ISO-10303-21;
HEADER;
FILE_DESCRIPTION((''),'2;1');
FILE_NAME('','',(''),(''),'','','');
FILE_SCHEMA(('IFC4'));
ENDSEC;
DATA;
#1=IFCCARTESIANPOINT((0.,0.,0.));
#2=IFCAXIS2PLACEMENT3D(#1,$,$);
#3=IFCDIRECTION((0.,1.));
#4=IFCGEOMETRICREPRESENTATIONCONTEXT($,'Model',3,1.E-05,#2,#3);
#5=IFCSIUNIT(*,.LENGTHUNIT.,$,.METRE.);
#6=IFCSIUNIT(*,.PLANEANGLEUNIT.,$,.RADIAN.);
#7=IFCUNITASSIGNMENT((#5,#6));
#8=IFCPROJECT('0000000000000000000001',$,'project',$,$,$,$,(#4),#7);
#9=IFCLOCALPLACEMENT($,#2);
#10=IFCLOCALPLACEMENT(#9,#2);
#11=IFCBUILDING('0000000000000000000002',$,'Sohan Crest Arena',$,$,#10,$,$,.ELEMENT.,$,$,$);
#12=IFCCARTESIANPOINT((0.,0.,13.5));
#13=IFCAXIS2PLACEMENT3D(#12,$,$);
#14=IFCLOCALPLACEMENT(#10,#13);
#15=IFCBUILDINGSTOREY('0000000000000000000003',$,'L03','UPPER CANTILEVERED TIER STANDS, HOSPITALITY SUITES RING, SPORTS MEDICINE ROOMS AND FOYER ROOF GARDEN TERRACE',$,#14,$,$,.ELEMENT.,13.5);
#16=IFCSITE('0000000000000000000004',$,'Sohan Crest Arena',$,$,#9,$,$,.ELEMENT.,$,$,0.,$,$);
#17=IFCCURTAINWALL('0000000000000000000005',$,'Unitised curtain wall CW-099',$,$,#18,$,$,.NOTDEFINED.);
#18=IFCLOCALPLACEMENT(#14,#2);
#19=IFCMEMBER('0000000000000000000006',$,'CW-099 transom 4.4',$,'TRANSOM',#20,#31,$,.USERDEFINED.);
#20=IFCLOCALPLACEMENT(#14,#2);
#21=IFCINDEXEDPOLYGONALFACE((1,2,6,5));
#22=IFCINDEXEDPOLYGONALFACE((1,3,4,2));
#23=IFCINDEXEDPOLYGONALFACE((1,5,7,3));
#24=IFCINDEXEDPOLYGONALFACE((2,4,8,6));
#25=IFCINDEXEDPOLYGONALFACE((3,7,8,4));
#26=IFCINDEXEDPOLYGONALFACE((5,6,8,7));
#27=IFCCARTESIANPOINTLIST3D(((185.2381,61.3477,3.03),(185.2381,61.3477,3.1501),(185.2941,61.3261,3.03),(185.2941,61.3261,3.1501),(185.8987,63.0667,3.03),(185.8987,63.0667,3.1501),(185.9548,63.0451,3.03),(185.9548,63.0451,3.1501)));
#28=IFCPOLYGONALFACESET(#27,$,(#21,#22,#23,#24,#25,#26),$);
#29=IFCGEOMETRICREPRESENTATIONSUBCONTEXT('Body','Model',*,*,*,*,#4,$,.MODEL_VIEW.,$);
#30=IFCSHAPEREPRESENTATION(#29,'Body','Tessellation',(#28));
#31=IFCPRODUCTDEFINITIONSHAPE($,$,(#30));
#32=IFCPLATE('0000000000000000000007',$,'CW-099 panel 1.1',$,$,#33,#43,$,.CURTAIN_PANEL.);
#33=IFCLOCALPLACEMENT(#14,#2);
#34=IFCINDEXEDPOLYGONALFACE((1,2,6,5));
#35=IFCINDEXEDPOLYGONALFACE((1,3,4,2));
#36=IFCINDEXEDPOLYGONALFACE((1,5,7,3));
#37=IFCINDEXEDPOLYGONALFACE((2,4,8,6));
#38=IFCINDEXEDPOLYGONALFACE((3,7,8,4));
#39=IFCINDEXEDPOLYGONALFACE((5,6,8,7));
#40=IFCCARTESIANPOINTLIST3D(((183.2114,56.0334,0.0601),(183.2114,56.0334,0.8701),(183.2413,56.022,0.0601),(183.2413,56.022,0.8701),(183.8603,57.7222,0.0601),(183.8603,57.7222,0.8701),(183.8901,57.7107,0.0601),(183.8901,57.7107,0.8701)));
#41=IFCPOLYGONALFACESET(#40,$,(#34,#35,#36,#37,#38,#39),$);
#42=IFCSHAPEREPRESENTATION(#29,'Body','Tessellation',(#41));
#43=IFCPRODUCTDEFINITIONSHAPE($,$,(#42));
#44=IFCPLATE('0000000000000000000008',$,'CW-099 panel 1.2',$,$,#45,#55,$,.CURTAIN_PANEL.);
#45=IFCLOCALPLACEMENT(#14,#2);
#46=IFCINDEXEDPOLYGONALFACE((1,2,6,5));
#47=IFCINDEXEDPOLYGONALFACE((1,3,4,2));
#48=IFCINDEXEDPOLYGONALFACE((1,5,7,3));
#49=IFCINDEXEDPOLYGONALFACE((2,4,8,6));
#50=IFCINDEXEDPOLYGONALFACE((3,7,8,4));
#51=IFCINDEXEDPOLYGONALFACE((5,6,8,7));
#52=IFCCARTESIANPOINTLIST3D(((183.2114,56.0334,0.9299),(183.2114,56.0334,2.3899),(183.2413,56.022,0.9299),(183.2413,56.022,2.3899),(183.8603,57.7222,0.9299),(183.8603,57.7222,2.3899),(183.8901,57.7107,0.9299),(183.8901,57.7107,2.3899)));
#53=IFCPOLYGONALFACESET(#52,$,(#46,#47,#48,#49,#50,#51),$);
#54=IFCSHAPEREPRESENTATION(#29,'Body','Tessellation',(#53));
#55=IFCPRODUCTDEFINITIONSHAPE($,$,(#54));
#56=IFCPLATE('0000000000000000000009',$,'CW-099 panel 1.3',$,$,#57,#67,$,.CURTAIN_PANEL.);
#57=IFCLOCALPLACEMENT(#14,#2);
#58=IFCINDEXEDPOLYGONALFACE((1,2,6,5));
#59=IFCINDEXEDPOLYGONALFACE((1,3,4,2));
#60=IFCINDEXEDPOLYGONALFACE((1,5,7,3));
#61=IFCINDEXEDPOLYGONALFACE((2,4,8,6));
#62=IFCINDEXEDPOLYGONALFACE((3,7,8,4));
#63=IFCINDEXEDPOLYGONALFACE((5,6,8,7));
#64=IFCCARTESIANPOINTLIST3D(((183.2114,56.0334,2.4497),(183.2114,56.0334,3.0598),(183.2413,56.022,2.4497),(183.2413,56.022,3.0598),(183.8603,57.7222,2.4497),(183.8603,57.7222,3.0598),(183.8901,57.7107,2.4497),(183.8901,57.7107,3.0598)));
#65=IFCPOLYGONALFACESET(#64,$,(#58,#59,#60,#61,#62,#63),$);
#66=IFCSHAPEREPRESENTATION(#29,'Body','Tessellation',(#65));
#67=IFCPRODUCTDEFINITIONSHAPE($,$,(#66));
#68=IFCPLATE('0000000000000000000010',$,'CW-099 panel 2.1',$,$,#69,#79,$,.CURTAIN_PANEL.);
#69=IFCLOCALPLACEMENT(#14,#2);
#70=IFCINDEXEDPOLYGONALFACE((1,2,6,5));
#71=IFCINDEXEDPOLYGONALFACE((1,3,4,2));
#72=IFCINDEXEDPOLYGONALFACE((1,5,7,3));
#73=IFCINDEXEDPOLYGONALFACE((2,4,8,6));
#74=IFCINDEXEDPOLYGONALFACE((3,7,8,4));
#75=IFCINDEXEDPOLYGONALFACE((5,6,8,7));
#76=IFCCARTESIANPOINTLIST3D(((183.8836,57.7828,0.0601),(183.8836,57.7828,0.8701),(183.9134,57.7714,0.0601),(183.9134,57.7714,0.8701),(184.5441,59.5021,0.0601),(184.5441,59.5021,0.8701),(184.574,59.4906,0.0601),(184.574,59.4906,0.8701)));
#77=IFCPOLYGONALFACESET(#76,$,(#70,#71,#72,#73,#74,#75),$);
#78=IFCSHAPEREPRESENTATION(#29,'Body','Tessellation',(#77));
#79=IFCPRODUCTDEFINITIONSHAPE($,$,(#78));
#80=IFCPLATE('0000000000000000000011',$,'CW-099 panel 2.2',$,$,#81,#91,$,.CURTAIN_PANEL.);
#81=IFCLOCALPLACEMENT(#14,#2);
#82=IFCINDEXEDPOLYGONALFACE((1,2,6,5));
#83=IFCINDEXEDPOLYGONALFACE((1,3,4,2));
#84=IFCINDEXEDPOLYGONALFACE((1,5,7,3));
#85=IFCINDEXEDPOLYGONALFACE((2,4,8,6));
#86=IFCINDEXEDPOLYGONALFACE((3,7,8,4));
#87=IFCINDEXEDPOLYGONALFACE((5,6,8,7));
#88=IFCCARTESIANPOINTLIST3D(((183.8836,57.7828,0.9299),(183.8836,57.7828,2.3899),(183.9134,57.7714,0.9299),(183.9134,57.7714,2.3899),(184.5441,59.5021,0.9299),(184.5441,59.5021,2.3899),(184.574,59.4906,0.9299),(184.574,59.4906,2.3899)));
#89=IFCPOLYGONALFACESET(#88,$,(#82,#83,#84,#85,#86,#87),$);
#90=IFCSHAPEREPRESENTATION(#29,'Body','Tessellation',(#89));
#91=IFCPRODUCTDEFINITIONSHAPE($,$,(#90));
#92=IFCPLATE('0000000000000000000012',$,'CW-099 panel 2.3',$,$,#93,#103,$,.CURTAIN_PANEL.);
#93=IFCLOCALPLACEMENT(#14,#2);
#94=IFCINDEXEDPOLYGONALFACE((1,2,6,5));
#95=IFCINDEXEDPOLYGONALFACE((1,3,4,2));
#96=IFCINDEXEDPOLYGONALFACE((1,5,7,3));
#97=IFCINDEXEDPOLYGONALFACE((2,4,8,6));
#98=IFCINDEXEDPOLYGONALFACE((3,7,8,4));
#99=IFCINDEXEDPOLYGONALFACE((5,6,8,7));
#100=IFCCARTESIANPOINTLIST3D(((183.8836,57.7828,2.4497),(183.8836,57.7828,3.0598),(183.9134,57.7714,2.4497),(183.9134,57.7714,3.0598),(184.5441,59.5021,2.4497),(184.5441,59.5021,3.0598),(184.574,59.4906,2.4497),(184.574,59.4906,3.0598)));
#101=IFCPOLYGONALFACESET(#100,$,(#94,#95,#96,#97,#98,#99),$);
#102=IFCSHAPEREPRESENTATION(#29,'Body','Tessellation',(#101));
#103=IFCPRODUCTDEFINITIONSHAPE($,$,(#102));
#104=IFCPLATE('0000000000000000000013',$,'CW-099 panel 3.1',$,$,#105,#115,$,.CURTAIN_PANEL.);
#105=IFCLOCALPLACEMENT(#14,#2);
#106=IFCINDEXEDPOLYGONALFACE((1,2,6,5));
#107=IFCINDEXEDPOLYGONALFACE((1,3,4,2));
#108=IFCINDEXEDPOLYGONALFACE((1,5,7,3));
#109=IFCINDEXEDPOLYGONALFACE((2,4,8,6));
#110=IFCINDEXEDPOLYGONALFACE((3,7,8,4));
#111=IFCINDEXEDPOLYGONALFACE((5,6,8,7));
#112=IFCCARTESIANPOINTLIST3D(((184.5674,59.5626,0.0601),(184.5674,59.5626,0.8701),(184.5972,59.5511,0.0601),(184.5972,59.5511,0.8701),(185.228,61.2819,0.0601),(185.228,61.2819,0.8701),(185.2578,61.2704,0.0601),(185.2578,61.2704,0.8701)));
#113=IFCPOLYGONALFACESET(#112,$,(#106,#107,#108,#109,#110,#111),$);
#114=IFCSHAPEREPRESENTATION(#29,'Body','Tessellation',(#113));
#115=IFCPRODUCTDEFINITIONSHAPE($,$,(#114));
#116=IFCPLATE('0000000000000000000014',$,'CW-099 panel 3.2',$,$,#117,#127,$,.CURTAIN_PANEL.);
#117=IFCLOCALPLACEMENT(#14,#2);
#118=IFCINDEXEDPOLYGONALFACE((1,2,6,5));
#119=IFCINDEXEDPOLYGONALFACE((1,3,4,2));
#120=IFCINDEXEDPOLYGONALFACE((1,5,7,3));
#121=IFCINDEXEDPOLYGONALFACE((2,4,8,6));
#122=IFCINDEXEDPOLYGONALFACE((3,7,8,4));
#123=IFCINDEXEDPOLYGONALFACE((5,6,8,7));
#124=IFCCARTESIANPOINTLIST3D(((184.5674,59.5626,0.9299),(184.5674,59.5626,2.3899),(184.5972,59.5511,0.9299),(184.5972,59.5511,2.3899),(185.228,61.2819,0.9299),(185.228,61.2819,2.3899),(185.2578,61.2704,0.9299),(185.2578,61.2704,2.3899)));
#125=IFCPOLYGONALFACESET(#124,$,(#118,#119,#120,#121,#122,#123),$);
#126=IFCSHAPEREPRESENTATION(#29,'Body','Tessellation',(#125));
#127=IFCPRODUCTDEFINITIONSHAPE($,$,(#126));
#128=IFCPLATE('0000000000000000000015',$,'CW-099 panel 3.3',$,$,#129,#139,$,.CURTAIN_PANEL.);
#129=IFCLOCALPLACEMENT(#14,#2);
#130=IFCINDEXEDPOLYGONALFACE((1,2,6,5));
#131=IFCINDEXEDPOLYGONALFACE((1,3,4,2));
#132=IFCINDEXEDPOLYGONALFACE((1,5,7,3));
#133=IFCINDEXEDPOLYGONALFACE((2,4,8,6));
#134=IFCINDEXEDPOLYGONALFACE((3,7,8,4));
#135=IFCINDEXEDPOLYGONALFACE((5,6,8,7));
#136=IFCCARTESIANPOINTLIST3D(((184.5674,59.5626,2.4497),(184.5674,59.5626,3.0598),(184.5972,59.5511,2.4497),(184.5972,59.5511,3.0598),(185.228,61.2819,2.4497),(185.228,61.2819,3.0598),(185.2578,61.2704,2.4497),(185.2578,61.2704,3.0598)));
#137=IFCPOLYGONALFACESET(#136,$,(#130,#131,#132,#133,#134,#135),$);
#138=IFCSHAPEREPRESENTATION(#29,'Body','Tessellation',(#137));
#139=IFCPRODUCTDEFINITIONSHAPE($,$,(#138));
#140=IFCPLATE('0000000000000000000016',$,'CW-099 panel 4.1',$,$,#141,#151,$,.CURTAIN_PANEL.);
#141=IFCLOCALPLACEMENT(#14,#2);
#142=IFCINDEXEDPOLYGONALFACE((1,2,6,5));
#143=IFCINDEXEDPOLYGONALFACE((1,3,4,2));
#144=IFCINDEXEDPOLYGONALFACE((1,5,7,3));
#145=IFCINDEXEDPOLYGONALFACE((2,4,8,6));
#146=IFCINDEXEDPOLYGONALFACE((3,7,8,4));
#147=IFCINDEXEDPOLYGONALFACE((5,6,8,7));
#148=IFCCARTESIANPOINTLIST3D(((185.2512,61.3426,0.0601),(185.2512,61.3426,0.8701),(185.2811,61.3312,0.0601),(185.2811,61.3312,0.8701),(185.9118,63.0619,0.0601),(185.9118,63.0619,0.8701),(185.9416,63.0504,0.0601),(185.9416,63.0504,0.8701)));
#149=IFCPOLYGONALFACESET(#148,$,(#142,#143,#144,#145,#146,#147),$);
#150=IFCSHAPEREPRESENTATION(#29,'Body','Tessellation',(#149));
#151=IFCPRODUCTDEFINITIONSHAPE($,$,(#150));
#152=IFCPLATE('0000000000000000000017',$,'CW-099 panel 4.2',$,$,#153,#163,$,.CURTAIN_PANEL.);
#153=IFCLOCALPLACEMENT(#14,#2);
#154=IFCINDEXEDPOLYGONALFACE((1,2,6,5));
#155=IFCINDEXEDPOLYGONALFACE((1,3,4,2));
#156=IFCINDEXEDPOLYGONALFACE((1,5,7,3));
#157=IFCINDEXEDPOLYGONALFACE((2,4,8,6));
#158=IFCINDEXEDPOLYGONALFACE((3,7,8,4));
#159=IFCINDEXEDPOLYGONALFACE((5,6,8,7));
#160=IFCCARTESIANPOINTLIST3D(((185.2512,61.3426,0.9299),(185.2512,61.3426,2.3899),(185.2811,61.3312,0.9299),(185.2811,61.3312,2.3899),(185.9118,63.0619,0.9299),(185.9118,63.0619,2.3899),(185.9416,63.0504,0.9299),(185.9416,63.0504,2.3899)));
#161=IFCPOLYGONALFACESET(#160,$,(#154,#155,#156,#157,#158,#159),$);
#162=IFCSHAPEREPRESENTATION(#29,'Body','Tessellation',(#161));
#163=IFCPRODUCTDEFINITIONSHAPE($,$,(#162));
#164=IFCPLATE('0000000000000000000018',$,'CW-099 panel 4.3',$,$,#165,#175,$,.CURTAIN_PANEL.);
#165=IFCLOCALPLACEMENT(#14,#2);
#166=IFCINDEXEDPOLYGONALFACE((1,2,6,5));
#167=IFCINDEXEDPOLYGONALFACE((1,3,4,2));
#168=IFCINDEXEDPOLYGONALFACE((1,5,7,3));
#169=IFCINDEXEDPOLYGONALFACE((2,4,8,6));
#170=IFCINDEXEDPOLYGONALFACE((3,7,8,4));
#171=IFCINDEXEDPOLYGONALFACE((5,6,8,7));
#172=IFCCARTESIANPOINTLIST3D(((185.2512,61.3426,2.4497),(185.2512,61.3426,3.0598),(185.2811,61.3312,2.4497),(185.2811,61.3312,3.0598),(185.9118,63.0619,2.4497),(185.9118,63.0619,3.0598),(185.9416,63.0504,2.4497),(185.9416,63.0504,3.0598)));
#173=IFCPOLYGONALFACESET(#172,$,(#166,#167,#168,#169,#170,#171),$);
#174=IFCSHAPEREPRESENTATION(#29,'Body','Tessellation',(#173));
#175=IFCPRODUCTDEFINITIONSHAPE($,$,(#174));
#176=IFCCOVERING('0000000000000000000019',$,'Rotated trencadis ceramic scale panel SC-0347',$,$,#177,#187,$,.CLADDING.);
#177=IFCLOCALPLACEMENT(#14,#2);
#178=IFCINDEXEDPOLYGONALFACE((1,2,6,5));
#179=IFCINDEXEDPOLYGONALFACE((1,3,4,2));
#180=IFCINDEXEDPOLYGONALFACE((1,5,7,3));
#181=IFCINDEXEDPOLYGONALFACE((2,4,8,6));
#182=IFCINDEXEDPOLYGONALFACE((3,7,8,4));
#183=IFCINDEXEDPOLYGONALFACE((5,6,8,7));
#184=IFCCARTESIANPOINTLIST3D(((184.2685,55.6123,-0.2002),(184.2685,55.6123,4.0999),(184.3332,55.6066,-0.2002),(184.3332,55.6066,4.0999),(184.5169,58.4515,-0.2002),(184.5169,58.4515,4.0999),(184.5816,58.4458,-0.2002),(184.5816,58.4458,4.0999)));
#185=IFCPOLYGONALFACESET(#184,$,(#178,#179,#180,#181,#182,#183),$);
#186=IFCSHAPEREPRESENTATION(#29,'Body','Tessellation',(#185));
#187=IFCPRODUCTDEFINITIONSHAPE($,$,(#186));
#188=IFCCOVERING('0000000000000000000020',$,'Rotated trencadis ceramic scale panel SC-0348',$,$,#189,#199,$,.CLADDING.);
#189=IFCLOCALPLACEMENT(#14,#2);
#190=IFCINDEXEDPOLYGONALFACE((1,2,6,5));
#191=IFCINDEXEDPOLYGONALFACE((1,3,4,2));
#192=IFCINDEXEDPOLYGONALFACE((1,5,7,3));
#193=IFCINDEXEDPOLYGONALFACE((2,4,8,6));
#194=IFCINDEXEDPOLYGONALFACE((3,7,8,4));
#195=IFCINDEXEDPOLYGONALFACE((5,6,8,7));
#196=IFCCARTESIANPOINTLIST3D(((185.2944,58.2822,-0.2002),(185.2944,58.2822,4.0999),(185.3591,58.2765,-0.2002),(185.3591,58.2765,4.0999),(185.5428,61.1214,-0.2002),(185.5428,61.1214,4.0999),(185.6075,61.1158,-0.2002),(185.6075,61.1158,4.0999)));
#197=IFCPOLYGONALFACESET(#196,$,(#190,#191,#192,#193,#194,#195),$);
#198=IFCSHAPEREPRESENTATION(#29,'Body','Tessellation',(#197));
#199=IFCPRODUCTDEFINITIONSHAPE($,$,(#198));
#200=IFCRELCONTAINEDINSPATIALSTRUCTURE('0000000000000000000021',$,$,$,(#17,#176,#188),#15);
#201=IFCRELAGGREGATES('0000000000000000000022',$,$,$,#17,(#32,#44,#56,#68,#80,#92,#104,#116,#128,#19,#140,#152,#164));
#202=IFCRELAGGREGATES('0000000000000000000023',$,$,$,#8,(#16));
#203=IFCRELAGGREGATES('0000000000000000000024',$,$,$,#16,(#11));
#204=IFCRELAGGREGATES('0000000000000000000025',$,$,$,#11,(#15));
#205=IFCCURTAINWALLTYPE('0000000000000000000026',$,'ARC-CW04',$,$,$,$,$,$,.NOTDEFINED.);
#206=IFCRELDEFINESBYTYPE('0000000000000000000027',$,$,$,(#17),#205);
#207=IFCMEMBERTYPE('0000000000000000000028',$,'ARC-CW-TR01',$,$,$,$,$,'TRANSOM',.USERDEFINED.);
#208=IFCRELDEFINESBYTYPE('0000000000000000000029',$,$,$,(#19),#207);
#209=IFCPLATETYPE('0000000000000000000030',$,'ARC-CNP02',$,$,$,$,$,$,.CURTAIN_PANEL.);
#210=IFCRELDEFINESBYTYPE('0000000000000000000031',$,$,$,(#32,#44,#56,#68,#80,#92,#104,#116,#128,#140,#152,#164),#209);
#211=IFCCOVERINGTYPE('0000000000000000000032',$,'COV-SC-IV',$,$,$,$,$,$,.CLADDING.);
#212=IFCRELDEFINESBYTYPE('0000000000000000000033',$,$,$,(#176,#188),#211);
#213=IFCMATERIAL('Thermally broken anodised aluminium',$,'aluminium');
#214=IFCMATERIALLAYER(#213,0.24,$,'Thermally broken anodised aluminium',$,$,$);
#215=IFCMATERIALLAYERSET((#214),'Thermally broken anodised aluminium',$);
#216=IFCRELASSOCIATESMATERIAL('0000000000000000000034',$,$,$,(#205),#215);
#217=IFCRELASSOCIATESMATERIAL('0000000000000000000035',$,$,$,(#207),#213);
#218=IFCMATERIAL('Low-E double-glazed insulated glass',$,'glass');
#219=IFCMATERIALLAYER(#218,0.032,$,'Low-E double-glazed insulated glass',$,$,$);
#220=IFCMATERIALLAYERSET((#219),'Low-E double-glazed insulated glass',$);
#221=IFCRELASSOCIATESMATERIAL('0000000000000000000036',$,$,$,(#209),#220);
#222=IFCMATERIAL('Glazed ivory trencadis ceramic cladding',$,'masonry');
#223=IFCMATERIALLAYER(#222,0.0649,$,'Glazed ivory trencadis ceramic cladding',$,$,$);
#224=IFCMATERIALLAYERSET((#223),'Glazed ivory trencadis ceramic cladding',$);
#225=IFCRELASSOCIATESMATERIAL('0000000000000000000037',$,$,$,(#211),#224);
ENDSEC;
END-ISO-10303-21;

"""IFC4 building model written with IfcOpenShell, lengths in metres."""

from ifc_helpers import new_model, si_unit, direction, frame, origin, origin_2d, place, context, subcontext, project, spatial, rectangle, extrude, material, layer, layer_set, material_profile, profile_set, type_object, element, aggregate, save


model = new_model("IFC4")

# Units and contexts
model_context = context("Model", 3, precision=1e-05, world=origin(), true_north=direction((0.0, 1.0)))
body_context = subcontext(model_context, "Body", "Model", "MODEL_VIEW")
ifc_project = project(units=[si_unit("LENGTHUNIT", "METRE"), si_unit("PLANEANGLEUNIT", "RADIAN")], contexts=[model_context])

# Site, building, storey
site_placement = place(None, origin())
site = spatial("IfcSite", under=ifc_project, at=site_placement, Name="Sohan Crest Arena", CompositionType="ELEMENT", RefElevation=0.0)
building_placement = place(site_placement, origin())
building = spatial("IfcBuilding", under=site, at=building_placement, Name="Sohan Crest Arena", CompositionType="ELEMENT")
storey_placement = place(building_placement, frame((0.0, 0.0, 13.5)))
storey = spatial("IfcBuildingStorey", under=building, at=storey_placement, Name="L03", Description="UPPER CANTILEVERED TIER STANDS, HOSPITALITY SUITES RING, SPORTS MEDICINE ROOMS AND FOYER ROOF GARDEN TERRACE", CompositionType="ELEMENT", Elevation=13.5)

# Curtain wall, member, plates
ifc_material_1 = material(Name="Thermally broken anodised aluminium", Category="aluminium")
ifc_layer_1 = layer(ifc_material_1, 0.24, Name="Thermally broken anodised aluminium")
ifc_layer_set_1 = layer_set([ifc_layer_1], Name="Thermally broken anodised aluminium")
curtain_wall_type = type_object("IfcCurtainWallType", Name="ARC-CW04", PredefinedType="NOTDEFINED", material=ifc_layer_set_1)
curtain_wall_placement = place(storey_placement, origin())
curtain_wall = element("IfcCurtainWall", 1, at=curtain_wall_placement, inside=storey, type_object=curtain_wall_type, Name="Unitised curtain wall CW-099", PredefinedType="NOTDEFINED")
ifc_material_profile_1 = material_profile(ifc_material_1, rectangle(XDim=0.0601, YDim=0.1201, at=origin_2d()), Name="ALU-TRAN 60x120")
ifc_profile_set_1 = profile_set([ifc_material_profile_1], Name="Thermally broken anodised aluminium")
member_type_1 = type_object("IfcMemberType", Name="ARC-CW-TR01", ElementType="TRANSOM", PredefinedType="USERDEFINED", material=ifc_profile_set_1)
member_1_placement = place(storey_placement, frame((185.2661, 61.3369, 3.0901), z_axis=(0.358739, 0.933438, 0.0), x_axis=(-0.933438, 0.358739, 0.0)))
member_1 = element("IfcMember", 2, at=member_1_placement, type_object=member_type_1, Name="CW-099 transom 4.4", ObjectType="TRANSOM", PredefinedType="USERDEFINED", context=body_context, shape_type="SweptSolid", body=[
    extrude(rectangle(XDim=0.0601, YDim=0.1201, at=origin_2d()), origin(), (0.0, 0.0, 1.0), 1.8416),
])
ifc_material_2 = material(Name="Low-E double-glazed insulated glass", Category="glass")
ifc_layer_2 = layer(ifc_material_2, 0.032, Name="Low-E double-glazed insulated glass")
ifc_layer_set_2 = layer_set([ifc_layer_2], Name="Low-E double-glazed insulated glass")
plate_type = type_object("IfcPlateType", Name="ARC-CNP02", PredefinedType="CURTAIN_PANEL", material=ifc_layer_set_2)
plate_1_placement = place(storey_placement, frame((183.5508, 56.8721, 0.0601), z_axis=(0.0, 0.0, 1.0), x_axis=(0.358651, 0.933472, 0.0)))
plate_1 = element("IfcPlate", 3, at=plate_1_placement, type_object=plate_type, Name="CW-099 panel 1.1", PredefinedType="CURTAIN_PANEL", context=body_context, shape_type="SweptSolid", body=[
    extrude(rectangle(XDim=1.8091, YDim=0.032, at=origin_2d()), origin(), (0.0, 0.0, 1.0), 0.8101),
])
plate_2_placement = place(storey_placement, frame((183.5508, 56.8721, 0.9299), z_axis=(0.0, 0.0, 1.0), x_axis=(0.358651, 0.933472, 0.0)))
plate_2 = element("IfcPlate", 4, at=plate_2_placement, type_object=plate_type, Name="CW-099 panel 1.2", PredefinedType="CURTAIN_PANEL", context=body_context, shape_type="SweptSolid", body=[
    extrude(rectangle(XDim=1.8091, YDim=0.032, at=origin_2d()), origin(), (0.0, 0.0, 1.0), 1.46),
])
plate_3_placement = place(storey_placement, frame((183.5508, 56.8721, 2.4497), z_axis=(0.0, 0.0, 1.0), x_axis=(0.358651, 0.933472, 0.0)))
plate_3 = element("IfcPlate", 5, at=plate_3_placement, type_object=plate_type, Name="CW-099 panel 1.3", PredefinedType="CURTAIN_PANEL", context=body_context, shape_type="SweptSolid", body=[
    extrude(rectangle(XDim=1.8091, YDim=0.032, at=origin_2d()), origin(), (0.0, 0.0, 1.0), 0.6101),
])
plate_4_placement = place(storey_placement, frame((184.2288, 58.6367, 0.0601), z_axis=(0.0, 0.0, 1.0), x_axis=(0.358651, 0.933472, 0.0)))
plate_4 = element("IfcPlate", 6, at=plate_4_placement, type_object=plate_type, Name="CW-099 panel 2.1", PredefinedType="CURTAIN_PANEL", context=body_context, shape_type="SweptSolid", body=[
    extrude(rectangle(XDim=1.8418, YDim=0.032, at=origin_2d()), origin(), (0.0, 0.0, 1.0), 0.8101),
])
plate_5_placement = place(storey_placement, frame((184.2288, 58.6367, 0.9299), z_axis=(0.0, 0.0, 1.0), x_axis=(0.358651, 0.933472, 0.0)))
plate_5 = element("IfcPlate", 7, at=plate_5_placement, type_object=plate_type, Name="CW-099 panel 2.2", PredefinedType="CURTAIN_PANEL", context=body_context, shape_type="SweptSolid", body=[
    extrude(rectangle(XDim=1.8418, YDim=0.032, at=origin_2d()), origin(), (0.0, 0.0, 1.0), 1.46),
])
plate_6_placement = place(storey_placement, frame((184.2288, 58.6367, 2.4497), z_axis=(0.0, 0.0, 1.0), x_axis=(0.358651, 0.933472, 0.0)))
plate_6 = element("IfcPlate", 8, at=plate_6_placement, type_object=plate_type, Name="CW-099 panel 2.3", PredefinedType="CURTAIN_PANEL", context=body_context, shape_type="SweptSolid", body=[
    extrude(rectangle(XDim=1.8418, YDim=0.032, at=origin_2d()), origin(), (0.0, 0.0, 1.0), 0.6101),
])
plate_7_placement = place(storey_placement, frame((184.9126, 60.4165, 0.0601), z_axis=(0.0, 0.0, 1.0), x_axis=(0.358651, 0.933472, 0.0)))
plate_7 = element("IfcPlate", 9, at=plate_7_placement, type_object=plate_type, Name="CW-099 panel 3.1", PredefinedType="CURTAIN_PANEL", context=body_context, shape_type="SweptSolid", body=[
    extrude(rectangle(XDim=1.8418, YDim=0.032, at=origin_2d()), origin(), (0.0, 0.0, 1.0), 0.8101),
])
plate_8_placement = place(storey_placement, frame((184.9126, 60.4165, 0.9299), z_axis=(0.0, 0.0, 1.0), x_axis=(0.358651, 0.933472, 0.0)))
plate_8 = element("IfcPlate", 10, at=plate_8_placement, type_object=plate_type, Name="CW-099 panel 3.2", PredefinedType="CURTAIN_PANEL", context=body_context, shape_type="SweptSolid", body=[
    extrude(rectangle(XDim=1.8418, YDim=0.032, at=origin_2d()), origin(), (0.0, 0.0, 1.0), 1.46),
])
plate_9_placement = place(storey_placement, frame((184.9126, 60.4165, 2.4497), z_axis=(0.0, 0.0, 1.0), x_axis=(0.358651, 0.933472, 0.0)))
plate_9 = element("IfcPlate", 11, at=plate_9_placement, type_object=plate_type, Name="CW-099 panel 3.3", PredefinedType="CURTAIN_PANEL", context=body_context, shape_type="SweptSolid", body=[
    extrude(rectangle(XDim=1.8418, YDim=0.032, at=origin_2d()), origin(), (0.0, 0.0, 1.0), 0.6101),
])
plate_10_placement = place(storey_placement, frame((185.5964, 62.1965, 0.0601), z_axis=(0.0, 0.0, 1.0), x_axis=(0.358651, 0.933472, 0.0)))
plate_10 = element("IfcPlate", 12, at=plate_10_placement, type_object=plate_type, Name="CW-099 panel 4.1", PredefinedType="CURTAIN_PANEL", context=body_context, shape_type="SweptSolid", body=[
    extrude(rectangle(XDim=1.8418, YDim=0.032, at=origin_2d()), origin(), (0.0, 0.0, 1.0), 0.8101),
])
plate_11_placement = place(storey_placement, frame((185.5964, 62.1965, 0.9299), z_axis=(0.0, 0.0, 1.0), x_axis=(0.358651, 0.933472, 0.0)))
plate_11 = element("IfcPlate", 13, at=plate_11_placement, type_object=plate_type, Name="CW-099 panel 4.2", PredefinedType="CURTAIN_PANEL", context=body_context, shape_type="SweptSolid", body=[
    extrude(rectangle(XDim=1.8418, YDim=0.032, at=origin_2d()), origin(), (0.0, 0.0, 1.0), 1.46),
])
plate_12_placement = place(storey_placement, frame((185.5964, 62.1965, 2.4497), z_axis=(0.0, 0.0, 1.0), x_axis=(0.358651, 0.933472, 0.0)))
plate_12 = element("IfcPlate", 14, at=plate_12_placement, type_object=plate_type, Name="CW-099 panel 4.3", PredefinedType="CURTAIN_PANEL", context=body_context, shape_type="SweptSolid", body=[
    extrude(rectangle(XDim=1.8418, YDim=0.032, at=origin_2d()), origin(), (0.0, 0.0, 1.0), 0.6101),
])
aggregate(curtain_wall, [plate_1, plate_2, plate_3, plate_4, plate_5, plate_6, plate_7, plate_8, plate_9, member_1, plate_10, plate_11, plate_12])

# Coverings
ifc_material_3 = material(Name="Glazed ivory trencadis ceramic cladding", Category="masonry")
ifc_layer_3 = layer(ifc_material_3, 0.0649, Name="Glazed ivory trencadis ceramic cladding")
ifc_layer_set_3 = layer_set([ifc_layer_3], Name="Glazed ivory trencadis ceramic cladding")
covering_type = type_object("IfcCoveringType", Name="COV-SC-IV", PredefinedType="CLADDING", material=ifc_layer_set_3)
for number, where, z_axis, x_axis, name in (
    (15, (184.425, 57.0291, -0.2002), (0.0, 0.0, 1.0), (0.087156, 0.996195, 0.0), "Rotated trencadis ceramic scale panel SC-0347"),
    (16, (185.4509, 59.699, -0.2002), (0.0, 0.0, 1.0), (0.087156, 0.996195, 0.0), "Rotated trencadis ceramic scale panel SC-0348"),
):
    element("IfcCovering", number, at=place(storey_placement, frame(where, z_axis=z_axis, x_axis=x_axis)), inside=storey, type_object=covering_type, Name=name, PredefinedType="CLADDING", context=body_context, shape_type="SweptSolid", body=[
        extrude(rectangle(XDim=2.8501, YDim=0.0649, at=origin_2d()), origin(), (0.0, 0.0, 1.0), 4.3),
    ])

save(model, "model.ifc")
